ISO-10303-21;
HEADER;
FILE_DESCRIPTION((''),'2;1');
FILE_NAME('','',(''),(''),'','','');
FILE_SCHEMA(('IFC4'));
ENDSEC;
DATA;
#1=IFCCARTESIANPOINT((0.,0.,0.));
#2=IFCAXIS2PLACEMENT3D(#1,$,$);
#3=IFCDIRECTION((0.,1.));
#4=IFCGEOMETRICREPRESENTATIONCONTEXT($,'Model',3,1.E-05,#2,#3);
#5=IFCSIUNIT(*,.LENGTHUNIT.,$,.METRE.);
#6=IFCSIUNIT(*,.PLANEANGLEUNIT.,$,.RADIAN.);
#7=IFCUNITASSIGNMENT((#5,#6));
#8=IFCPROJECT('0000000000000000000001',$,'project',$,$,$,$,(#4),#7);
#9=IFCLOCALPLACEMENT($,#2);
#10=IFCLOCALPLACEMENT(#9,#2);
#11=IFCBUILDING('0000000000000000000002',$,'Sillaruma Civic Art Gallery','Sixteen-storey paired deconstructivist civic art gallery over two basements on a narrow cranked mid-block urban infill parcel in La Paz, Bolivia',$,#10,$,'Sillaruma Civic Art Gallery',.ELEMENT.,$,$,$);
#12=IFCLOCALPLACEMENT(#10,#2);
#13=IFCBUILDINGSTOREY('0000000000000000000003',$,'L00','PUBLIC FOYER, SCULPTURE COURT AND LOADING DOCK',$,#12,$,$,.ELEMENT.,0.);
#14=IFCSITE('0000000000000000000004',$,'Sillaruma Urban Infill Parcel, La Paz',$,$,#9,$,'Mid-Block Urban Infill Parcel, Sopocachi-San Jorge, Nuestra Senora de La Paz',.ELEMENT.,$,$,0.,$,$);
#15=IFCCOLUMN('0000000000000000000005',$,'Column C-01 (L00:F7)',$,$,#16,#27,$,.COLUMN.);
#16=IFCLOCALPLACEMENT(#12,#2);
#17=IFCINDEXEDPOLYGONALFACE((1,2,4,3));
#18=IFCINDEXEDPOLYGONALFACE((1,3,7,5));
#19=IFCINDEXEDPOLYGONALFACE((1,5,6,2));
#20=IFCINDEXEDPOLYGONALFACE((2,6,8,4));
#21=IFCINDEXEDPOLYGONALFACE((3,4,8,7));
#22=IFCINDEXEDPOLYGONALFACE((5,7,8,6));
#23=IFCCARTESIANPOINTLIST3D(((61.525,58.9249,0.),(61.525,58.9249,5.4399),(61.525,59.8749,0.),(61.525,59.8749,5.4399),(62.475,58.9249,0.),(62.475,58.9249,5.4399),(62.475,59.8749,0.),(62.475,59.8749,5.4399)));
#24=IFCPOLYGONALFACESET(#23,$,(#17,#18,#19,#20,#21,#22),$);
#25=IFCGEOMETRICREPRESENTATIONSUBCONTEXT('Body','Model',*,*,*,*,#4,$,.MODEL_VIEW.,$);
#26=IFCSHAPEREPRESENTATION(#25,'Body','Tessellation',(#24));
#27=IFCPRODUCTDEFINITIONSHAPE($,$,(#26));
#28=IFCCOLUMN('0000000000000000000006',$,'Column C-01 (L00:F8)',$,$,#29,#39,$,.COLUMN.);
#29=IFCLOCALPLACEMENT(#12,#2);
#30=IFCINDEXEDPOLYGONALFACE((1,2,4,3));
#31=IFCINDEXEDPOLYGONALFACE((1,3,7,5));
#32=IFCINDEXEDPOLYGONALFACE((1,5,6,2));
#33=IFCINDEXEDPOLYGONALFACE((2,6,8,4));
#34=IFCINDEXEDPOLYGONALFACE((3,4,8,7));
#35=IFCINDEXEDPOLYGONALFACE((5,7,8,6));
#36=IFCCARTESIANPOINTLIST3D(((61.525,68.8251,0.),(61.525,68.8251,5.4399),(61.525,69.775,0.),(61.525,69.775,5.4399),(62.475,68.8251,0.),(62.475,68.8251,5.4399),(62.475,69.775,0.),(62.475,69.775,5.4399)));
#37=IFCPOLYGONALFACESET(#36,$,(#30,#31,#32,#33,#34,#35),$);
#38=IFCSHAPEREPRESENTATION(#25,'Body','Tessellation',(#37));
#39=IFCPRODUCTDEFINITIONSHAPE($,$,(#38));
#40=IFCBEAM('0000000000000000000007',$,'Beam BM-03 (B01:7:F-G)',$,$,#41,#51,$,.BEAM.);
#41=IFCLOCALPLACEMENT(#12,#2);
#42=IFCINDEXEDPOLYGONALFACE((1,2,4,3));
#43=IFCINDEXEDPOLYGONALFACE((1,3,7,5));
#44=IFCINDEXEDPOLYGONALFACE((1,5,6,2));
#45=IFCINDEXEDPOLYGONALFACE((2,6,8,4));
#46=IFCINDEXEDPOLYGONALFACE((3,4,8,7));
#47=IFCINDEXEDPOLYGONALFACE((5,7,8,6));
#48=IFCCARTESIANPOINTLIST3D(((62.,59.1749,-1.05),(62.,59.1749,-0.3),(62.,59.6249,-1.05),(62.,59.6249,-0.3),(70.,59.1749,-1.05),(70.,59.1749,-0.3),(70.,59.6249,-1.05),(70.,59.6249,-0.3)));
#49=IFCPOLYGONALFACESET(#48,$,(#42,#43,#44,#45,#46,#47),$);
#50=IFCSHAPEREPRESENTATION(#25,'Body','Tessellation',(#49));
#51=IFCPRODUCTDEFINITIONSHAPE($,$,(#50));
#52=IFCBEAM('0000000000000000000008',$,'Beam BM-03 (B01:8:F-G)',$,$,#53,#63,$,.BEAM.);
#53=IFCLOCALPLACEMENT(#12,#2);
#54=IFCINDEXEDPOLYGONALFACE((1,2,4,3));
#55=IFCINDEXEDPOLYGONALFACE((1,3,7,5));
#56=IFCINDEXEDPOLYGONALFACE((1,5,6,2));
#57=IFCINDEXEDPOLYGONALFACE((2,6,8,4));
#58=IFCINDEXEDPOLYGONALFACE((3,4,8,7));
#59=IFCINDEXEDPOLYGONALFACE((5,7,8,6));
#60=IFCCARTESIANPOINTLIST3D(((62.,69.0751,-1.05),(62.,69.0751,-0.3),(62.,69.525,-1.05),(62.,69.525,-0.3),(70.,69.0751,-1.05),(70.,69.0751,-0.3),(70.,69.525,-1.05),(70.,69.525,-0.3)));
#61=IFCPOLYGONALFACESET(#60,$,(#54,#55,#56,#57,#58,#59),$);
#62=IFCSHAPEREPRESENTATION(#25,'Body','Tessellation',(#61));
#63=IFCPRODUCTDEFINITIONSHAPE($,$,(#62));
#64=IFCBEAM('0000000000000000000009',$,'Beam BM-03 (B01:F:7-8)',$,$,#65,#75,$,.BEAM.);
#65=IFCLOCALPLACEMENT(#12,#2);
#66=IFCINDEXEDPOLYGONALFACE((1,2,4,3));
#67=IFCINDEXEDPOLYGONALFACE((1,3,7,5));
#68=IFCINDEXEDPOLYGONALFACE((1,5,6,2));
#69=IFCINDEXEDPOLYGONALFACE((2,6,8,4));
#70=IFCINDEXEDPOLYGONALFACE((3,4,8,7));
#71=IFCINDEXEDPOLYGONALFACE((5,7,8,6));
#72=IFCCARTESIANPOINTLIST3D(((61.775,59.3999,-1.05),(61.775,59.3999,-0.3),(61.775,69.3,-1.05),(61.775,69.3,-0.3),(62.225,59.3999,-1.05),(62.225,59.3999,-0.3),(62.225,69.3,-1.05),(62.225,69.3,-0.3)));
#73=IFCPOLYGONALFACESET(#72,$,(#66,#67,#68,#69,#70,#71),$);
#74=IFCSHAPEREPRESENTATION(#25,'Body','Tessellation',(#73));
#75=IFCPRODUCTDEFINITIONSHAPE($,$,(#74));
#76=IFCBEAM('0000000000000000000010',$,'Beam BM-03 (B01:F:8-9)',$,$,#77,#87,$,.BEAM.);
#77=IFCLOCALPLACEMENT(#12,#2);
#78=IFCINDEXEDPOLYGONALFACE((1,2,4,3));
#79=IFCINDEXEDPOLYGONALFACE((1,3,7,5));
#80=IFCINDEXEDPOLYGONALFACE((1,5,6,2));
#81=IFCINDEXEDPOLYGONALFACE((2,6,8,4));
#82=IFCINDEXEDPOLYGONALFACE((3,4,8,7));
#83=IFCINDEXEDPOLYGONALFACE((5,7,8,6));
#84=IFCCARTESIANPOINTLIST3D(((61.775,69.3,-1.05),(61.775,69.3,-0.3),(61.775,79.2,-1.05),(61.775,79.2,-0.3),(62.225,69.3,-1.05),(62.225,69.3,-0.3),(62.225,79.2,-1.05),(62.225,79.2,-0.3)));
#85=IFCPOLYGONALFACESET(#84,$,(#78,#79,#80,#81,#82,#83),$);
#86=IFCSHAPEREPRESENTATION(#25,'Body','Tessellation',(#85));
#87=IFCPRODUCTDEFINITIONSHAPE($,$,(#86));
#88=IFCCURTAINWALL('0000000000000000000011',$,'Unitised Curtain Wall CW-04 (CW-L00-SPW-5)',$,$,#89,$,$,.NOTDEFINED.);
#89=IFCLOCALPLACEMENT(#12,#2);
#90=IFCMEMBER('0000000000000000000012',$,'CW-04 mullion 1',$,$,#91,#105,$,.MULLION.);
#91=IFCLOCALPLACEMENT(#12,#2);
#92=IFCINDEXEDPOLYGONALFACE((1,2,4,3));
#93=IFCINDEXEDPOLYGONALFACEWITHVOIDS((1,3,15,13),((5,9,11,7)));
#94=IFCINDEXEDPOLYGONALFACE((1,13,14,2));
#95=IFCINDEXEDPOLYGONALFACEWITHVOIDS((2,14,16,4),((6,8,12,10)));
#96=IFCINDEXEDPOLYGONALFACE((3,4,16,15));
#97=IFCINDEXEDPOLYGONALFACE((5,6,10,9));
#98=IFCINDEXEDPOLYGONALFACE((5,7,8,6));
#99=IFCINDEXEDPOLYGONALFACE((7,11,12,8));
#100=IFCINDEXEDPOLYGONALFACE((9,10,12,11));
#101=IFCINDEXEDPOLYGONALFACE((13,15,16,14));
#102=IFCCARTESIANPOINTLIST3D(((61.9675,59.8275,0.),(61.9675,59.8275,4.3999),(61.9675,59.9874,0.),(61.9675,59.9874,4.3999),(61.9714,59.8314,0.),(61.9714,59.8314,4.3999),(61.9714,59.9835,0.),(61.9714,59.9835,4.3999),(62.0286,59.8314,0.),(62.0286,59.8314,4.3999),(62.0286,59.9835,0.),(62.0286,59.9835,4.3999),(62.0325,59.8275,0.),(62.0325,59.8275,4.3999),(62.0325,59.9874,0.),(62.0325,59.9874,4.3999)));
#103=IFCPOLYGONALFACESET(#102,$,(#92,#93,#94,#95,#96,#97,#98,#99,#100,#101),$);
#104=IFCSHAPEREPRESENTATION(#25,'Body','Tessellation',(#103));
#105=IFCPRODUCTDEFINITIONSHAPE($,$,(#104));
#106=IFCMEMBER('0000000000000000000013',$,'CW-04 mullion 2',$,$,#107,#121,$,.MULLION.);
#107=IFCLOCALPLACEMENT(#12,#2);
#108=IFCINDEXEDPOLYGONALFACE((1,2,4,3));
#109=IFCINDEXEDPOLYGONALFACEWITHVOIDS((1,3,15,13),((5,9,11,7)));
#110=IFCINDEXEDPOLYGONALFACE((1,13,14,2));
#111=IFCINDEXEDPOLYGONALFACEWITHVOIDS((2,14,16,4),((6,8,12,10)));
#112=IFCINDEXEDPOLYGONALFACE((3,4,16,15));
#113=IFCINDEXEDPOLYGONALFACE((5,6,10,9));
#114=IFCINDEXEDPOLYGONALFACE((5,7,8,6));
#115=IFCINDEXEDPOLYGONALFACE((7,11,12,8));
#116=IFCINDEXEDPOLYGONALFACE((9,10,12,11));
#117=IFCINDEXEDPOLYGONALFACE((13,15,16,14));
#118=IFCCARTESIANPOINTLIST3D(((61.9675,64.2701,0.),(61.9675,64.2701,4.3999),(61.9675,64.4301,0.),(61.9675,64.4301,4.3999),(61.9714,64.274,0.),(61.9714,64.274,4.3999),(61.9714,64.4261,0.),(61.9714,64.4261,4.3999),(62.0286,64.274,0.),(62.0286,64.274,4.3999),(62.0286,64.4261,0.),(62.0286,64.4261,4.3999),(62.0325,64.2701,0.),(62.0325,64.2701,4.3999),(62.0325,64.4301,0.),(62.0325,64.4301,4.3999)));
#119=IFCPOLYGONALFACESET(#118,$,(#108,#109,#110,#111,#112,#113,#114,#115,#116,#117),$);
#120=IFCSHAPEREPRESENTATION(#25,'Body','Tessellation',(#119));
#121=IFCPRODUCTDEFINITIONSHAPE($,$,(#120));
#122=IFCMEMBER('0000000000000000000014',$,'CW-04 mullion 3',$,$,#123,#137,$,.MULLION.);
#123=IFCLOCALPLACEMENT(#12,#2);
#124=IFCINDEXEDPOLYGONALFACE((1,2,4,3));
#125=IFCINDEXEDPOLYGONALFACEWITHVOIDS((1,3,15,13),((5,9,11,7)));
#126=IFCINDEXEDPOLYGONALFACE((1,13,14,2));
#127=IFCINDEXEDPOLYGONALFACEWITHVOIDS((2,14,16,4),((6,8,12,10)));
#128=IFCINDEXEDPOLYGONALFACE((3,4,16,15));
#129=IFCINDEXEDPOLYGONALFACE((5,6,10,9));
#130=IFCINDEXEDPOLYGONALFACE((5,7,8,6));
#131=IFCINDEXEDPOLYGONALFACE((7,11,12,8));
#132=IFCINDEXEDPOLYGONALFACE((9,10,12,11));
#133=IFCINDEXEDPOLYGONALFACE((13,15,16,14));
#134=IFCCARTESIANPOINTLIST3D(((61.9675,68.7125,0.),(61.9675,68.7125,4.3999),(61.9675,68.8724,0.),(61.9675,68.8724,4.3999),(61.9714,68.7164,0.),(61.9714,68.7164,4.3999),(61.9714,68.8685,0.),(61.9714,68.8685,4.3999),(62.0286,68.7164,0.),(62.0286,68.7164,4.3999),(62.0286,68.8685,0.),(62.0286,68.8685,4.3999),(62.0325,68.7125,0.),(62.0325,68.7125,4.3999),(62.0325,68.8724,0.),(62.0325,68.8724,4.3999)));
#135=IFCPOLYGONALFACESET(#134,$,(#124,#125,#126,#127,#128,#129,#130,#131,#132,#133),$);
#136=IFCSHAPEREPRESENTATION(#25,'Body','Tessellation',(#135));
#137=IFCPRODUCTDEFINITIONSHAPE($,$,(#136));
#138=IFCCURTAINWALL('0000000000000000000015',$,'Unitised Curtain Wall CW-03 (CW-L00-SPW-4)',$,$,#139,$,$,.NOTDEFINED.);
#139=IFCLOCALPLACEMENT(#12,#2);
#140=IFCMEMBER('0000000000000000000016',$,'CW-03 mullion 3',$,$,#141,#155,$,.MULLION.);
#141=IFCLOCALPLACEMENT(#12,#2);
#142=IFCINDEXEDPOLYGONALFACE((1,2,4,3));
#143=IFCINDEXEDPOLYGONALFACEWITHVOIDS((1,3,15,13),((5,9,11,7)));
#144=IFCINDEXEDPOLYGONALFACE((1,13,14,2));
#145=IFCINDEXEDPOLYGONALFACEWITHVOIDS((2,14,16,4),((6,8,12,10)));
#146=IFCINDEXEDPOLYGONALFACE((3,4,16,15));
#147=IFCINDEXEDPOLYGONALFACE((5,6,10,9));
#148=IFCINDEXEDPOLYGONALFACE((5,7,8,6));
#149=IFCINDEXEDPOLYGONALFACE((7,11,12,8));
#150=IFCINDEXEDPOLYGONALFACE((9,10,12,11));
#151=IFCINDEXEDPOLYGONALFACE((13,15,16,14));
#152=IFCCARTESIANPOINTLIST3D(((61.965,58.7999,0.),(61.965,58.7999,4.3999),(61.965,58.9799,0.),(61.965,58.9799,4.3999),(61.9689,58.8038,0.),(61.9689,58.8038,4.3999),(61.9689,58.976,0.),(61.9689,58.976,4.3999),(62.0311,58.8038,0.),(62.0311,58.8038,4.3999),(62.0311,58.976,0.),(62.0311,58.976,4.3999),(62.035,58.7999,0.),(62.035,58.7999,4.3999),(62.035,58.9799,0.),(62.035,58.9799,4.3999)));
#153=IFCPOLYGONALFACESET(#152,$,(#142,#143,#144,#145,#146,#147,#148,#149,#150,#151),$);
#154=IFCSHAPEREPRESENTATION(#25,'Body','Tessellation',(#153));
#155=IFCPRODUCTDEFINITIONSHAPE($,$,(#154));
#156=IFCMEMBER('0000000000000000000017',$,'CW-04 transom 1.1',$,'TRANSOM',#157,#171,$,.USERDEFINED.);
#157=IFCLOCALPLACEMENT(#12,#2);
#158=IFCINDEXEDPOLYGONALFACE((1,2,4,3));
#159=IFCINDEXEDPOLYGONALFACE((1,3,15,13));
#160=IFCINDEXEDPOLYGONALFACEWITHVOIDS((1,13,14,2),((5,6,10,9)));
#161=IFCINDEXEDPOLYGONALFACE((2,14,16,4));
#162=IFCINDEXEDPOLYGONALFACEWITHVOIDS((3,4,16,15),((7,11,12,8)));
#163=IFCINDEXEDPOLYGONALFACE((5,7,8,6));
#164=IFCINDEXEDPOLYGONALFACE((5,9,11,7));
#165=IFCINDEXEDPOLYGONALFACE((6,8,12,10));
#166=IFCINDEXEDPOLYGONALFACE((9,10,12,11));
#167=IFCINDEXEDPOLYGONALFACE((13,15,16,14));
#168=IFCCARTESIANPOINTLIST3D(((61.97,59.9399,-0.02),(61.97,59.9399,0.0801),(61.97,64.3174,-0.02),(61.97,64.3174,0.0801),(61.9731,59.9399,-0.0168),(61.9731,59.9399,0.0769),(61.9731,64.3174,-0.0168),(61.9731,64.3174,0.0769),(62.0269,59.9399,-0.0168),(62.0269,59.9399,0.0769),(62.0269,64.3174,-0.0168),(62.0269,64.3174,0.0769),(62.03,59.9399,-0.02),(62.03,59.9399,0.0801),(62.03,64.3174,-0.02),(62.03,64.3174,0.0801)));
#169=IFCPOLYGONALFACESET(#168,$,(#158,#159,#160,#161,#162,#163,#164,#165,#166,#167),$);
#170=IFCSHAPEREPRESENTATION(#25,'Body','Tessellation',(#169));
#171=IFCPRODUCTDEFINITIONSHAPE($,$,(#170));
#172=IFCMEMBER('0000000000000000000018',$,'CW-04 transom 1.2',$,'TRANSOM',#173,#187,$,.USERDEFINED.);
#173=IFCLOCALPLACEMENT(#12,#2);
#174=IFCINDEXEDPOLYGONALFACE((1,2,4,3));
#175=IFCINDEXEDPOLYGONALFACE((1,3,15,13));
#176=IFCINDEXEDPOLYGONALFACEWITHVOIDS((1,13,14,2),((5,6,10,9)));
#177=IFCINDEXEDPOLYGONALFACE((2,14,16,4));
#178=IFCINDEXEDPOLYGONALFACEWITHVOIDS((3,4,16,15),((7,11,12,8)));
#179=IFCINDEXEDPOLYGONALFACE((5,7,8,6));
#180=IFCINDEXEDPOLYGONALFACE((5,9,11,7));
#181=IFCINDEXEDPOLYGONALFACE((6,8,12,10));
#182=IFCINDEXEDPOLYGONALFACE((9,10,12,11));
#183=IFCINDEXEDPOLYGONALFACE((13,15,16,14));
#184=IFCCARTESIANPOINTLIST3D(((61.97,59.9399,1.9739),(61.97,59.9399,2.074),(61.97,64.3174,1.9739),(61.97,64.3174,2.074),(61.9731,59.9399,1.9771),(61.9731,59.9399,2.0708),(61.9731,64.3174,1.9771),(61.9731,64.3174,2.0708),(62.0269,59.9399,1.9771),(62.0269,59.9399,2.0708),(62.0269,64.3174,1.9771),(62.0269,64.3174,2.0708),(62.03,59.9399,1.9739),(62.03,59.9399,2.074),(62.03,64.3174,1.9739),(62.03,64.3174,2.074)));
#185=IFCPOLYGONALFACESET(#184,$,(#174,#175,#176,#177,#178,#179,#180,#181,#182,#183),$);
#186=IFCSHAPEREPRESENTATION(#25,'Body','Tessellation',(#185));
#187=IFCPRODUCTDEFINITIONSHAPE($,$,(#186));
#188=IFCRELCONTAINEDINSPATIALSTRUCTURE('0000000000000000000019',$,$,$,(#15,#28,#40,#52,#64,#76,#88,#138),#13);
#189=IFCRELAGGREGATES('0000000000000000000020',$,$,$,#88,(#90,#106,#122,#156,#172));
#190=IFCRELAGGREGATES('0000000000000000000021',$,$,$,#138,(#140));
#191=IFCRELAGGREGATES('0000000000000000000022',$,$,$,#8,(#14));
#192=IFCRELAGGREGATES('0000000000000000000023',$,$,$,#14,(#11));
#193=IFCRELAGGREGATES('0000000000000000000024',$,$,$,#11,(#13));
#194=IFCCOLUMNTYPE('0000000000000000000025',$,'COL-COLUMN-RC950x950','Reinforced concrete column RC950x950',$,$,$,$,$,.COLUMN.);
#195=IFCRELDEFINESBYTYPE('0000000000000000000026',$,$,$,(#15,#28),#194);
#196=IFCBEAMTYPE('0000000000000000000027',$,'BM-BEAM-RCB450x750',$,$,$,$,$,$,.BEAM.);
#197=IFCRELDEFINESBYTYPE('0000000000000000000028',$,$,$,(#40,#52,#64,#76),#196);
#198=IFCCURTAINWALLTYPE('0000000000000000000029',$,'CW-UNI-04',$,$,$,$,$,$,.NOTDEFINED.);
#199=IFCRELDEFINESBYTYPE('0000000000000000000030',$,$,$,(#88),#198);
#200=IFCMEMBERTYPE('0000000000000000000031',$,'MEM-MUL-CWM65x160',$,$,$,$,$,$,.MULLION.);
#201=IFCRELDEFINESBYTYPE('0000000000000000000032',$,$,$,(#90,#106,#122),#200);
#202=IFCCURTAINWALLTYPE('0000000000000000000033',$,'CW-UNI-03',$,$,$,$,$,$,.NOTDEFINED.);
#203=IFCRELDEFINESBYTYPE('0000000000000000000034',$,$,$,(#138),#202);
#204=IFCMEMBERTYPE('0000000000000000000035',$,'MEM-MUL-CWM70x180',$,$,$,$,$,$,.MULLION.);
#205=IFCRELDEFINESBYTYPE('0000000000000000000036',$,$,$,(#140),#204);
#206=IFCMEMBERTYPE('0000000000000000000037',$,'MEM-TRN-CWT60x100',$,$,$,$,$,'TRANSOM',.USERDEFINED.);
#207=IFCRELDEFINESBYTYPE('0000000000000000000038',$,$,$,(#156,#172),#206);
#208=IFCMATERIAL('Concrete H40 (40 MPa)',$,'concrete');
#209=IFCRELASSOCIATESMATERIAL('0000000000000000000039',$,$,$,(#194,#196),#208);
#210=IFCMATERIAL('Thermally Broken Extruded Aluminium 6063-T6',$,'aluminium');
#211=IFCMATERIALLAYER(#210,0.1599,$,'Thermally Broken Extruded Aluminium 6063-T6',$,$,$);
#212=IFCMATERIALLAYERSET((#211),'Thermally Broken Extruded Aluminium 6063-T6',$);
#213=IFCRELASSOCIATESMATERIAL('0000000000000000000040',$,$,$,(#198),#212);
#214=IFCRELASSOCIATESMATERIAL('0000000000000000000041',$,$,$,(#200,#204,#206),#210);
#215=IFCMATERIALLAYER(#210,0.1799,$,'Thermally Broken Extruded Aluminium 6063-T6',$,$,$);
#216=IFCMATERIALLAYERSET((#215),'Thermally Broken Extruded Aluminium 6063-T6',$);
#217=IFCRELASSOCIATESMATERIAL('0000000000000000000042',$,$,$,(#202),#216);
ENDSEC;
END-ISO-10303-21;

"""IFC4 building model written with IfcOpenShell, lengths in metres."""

from ifc_helpers import new_model, si_unit, direction, frame, origin, origin_2d, place, context, subcontext, project, spatial, rectangle, hollow_rectangle, extrude, material, layer, layer_set, material_profile, profile_set, type_object, element, aggregate, save


model = new_model("IFC4")

# Units and contexts
model_context = context("Model", 3, precision=1e-05, world=origin(), true_north=direction((0.0, 1.0)))
body_context = subcontext(model_context, "Body", "Model", "MODEL_VIEW")
ifc_project = project(units=[si_unit("LENGTHUNIT", "METRE"), si_unit("PLANEANGLEUNIT", "RADIAN")], contexts=[model_context])

# Site, building, storey
site_placement = place(None, origin())
site = spatial("IfcSite", under=ifc_project, at=site_placement, Name="Sillaruma Urban Infill Parcel, La Paz", LongName="Mid-Block Urban Infill Parcel, Sopocachi-San Jorge, Nuestra Senora de La Paz", CompositionType="ELEMENT", RefElevation=0.0)
building_placement = place(site_placement, origin())
building = spatial("IfcBuilding", under=site, at=building_placement, Name="Sillaruma Civic Art Gallery", Description="Sixteen-storey paired deconstructivist civic art gallery over two basements on a narrow cranked mid-block urban infill parcel in La Paz, Bolivia", LongName="Sillaruma Civic Art Gallery", CompositionType="ELEMENT")
storey_placement = place(building_placement, origin())
storey = spatial("IfcBuildingStorey", under=building, at=storey_placement, Name="L00", Description="PUBLIC FOYER, SCULPTURE COURT AND LOADING DOCK", CompositionType="ELEMENT", Elevation=0.0)

# Columns
ifc_material_1 = material(Name="Concrete H40 (40 MPa)", Category="concrete")
ifc_material_profile_1 = material_profile(ifc_material_1, rectangle(XDim=0.95, YDim=0.95, at=origin_2d()), Name="RC950x950")
ifc_profile_set_1 = profile_set([ifc_material_profile_1], Name="Concrete H40 (40 MPa)")
column_type = type_object("IfcColumnType", Name="COL-COLUMN-RC950x950", Description="Reinforced concrete column RC950x950", PredefinedType="COLUMN", material=ifc_profile_set_1)
for number, where, z_axis, x_axis, name in (
    (1, (62.0, 59.3999, 0.0), (0.0, 0.0, 1.0), (1.0, 0.0, 0.0), "Column C-01 (L00:F7)"),
    (2, (62.0, 69.3, 0.0), (0.0, 0.0, 1.0), (1.0, 0.0, 0.0), "Column C-01 (L00:F8)"),
):
    element("IfcColumn", number, at=place(storey_placement, frame(where, z_axis=z_axis, x_axis=x_axis)), inside=storey, type_object=column_type, Name=name, PredefinedType="COLUMN", context=body_context, shape_type="SweptSolid", body=[
        extrude(rectangle(XDim=0.95, YDim=0.95, at=origin_2d()), origin(), (0.0, 0.0, 1.0), 5.4399),
    ])

# Beams
ifc_material_profile_2 = material_profile(ifc_material_1, rectangle(XDim=0.45, YDim=0.75, at=origin_2d()), Name="RCB450x750")
ifc_profile_set_2 = profile_set([ifc_material_profile_2], Name="Concrete H40 (40 MPa)")
beam_type = type_object("IfcBeamType", Name="BM-BEAM-RCB450x750", PredefinedType="BEAM", material=ifc_profile_set_2)
for number, where, z_axis, x_axis, name in (
    (3, (62.0, 59.3999, -0.675), (1.0, 0.0, 0.0), (0.0, 1.0, 0.0), "Beam BM-03 (B01:7:F-G)"),
    (4, (62.0, 69.3, -0.675), (1.0, 0.0, 0.0), (0.0, 1.0, 0.0), "Beam BM-03 (B01:8:F-G)"),
):
    element("IfcBeam", number, at=place(storey_placement, frame(where, z_axis=z_axis, x_axis=x_axis)), inside=storey, type_object=beam_type, Name=name, PredefinedType="BEAM", context=body_context, shape_type="SweptSolid", body=[
        extrude(rectangle(XDim=0.45, YDim=0.75, at=origin_2d()), origin(), (0.0, 0.0, 1.0), 8.0),
    ])
beam_1_placement = place(storey_placement, frame((62.0, 59.3999, -0.675), z_axis=(0.0, 1.0, 0.0), x_axis=(-1.0, 0.0, 0.0)))
element("IfcBeam", 5, at=beam_1_placement, inside=storey, type_object=beam_type, Name="Beam BM-03 (B01:F:7-8)", PredefinedType="BEAM", context=body_context, shape_type="SweptSolid", body=[
    extrude(rectangle(XDim=0.45, YDim=0.75, at=origin_2d()), origin(), (0.0, 0.0, 1.0), 9.9001),
])
beam_2_placement = place(storey_placement, frame((62.0, 69.3, -0.675), z_axis=(0.0, 1.0, 0.0), x_axis=(-1.0, 0.0, 0.0)))
element("IfcBeam", 6, at=beam_2_placement, inside=storey, type_object=beam_type, Name="Beam BM-03 (B01:F:8-9)", PredefinedType="BEAM", context=body_context, shape_type="SweptSolid", body=[
    extrude(rectangle(XDim=0.45, YDim=0.75, at=origin_2d()), origin(), (0.0, 0.0, 1.0), 9.8999),
])

# Curtain wall, members
ifc_material_2 = material(Name="Thermally Broken Extruded Aluminium 6063-T6", Category="aluminium")
ifc_layer_1 = layer(ifc_material_2, 0.1599, Name="Thermally Broken Extruded Aluminium 6063-T6")
ifc_layer_set_1 = layer_set([ifc_layer_1], Name="Thermally Broken Extruded Aluminium 6063-T6")
curtain_wall_type_1 = type_object("IfcCurtainWallType", Name="CW-UNI-04", PredefinedType="NOTDEFINED", material=ifc_layer_set_1)
curtain_wall_1_placement = place(storey_placement, origin())
curtain_wall_1 = element("IfcCurtainWall", 7, at=curtain_wall_1_placement, inside=storey, type_object=curtain_wall_type_1, Name="Unitised Curtain Wall CW-04 (CW-L00-SPW-5)", PredefinedType="NOTDEFINED")
ifc_material_profile_3 = material_profile(ifc_material_2, hollow_rectangle(XDim=0.0649, YDim=0.1599, WallThickness=0.0039, at=origin_2d()), Name="CWM65x160")
ifc_profile_set_3 = profile_set([ifc_material_profile_3], Name="Thermally Broken Extruded Aluminium 6063-T6")
member_type_1 = type_object("IfcMemberType", Name="MEM-MUL-CWM65x160", PredefinedType="MULLION", material=ifc_profile_set_3)
member_1_placement = place(storey_placement, frame((62.0, 59.9075, 0.0), z_axis=(0.0, 0.0, 1.0), x_axis=(-1.0, 0.0, 0.0)))
member_1 = element("IfcMember", 8, at=member_1_placement, type_object=member_type_1, Name="CW-04 mullion 1", PredefinedType="MULLION", context=body_context, shape_type="SweptSolid", body=[
    extrude(hollow_rectangle(XDim=0.0649, YDim=0.1599, WallThickness=0.0039, at=origin_2d()), origin(), (0.0, 0.0, 1.0), 4.3999),
])
member_2_placement = place(storey_placement, frame((62.0, 64.3501, 0.0), z_axis=(0.0, 0.0, 1.0), x_axis=(-1.0, 0.0, 0.0)))
member_2 = element("IfcMember", 9, at=member_2_placement, type_object=member_type_1, Name="CW-04 mullion 2", PredefinedType="MULLION", context=body_context, shape_type="SweptSolid", body=[
    extrude(hollow_rectangle(XDim=0.0649, YDim=0.1599, WallThickness=0.0039, at=origin_2d()), origin(), (0.0, 0.0, 1.0), 4.3999),
])
member_3_placement = place(storey_placement, frame((62.0, 68.7925, 0.0), z_axis=(0.0, 0.0, 1.0), x_axis=(-1.0, 0.0, 0.0)))
member_3 = element("IfcMember", 10, at=member_3_placement, type_object=member_type_1, Name="CW-04 mullion 3", PredefinedType="MULLION", context=body_context, shape_type="SweptSolid", body=[
    extrude(hollow_rectangle(XDim=0.0649, YDim=0.1599, WallThickness=0.0039, at=origin_2d()), origin(), (0.0, 0.0, 1.0), 4.3999),
])

# Curtain wall, member
ifc_layer_2 = layer(ifc_material_2, 0.1799, Name="Thermally Broken Extruded Aluminium 6063-T6")
ifc_layer_set_2 = layer_set([ifc_layer_2], Name="Thermally Broken Extruded Aluminium 6063-T6")
curtain_wall_type_2 = type_object("IfcCurtainWallType", Name="CW-UNI-03", PredefinedType="NOTDEFINED", material=ifc_layer_set_2)
curtain_wall_2_placement = place(storey_placement, origin())
curtain_wall_2 = element("IfcCurtainWall", 11, at=curtain_wall_2_placement, inside=storey, type_object=curtain_wall_type_2, Name="Unitised Curtain Wall CW-03 (CW-L00-SPW-4)", PredefinedType="NOTDEFINED")
ifc_material_profile_4 = material_profile(ifc_material_2, hollow_rectangle(XDim=0.0701, YDim=0.1799, WallThickness=0.0039, at=origin_2d()), Name="CWM70x180")
ifc_profile_set_4 = profile_set([ifc_material_profile_4], Name="Thermally Broken Extruded Aluminium 6063-T6")
member_type_2 = type_object("IfcMemberType", Name="MEM-MUL-CWM70x180", PredefinedType="MULLION", material=ifc_profile_set_4)
member_4_placement = place(storey_placement, frame((62.0, 58.8899, 0.0), z_axis=(0.0, 0.0, 1.0), x_axis=(-1.0, 0.0, 0.0)))
member_4 = element("IfcMember", 12, at=member_4_placement, type_object=member_type_2, Name="CW-03 mullion 3", PredefinedType="MULLION", context=body_context, shape_type="SweptSolid", body=[
    extrude(hollow_rectangle(XDim=0.0701, YDim=0.1799, WallThickness=0.0039, at=origin_2d()), origin(), (0.0, 0.0, 1.0), 4.3999),
])

# Members
ifc_material_profile_5 = material_profile(ifc_material_2, hollow_rectangle(XDim=0.0601, YDim=0.1001, WallThickness=0.0032, at=origin_2d()), Name="CWT60x100")
ifc_profile_set_5 = profile_set([ifc_material_profile_5], Name="Thermally Broken Extruded Aluminium 6063-T6")
member_type_3 = type_object("IfcMemberType", Name="MEM-TRN-CWT60x100", ElementType="TRANSOM", PredefinedType="USERDEFINED", material=ifc_profile_set_5)
member_5_placement = place(storey_placement, frame((62.0, 59.9399, 0.03), z_axis=(0.0, 1.0, 0.0), x_axis=(-1.0, 0.0, 0.0)))
member_5 = element("IfcMember", 13, at=member_5_placement, type_object=member_type_3, Name="CW-04 transom 1.1", ObjectType="TRANSOM", PredefinedType="USERDEFINED", context=body_context, shape_type="SweptSolid", body=[
    extrude(hollow_rectangle(XDim=0.0601, YDim=0.1001, WallThickness=0.0032, at=origin_2d()), origin(), (0.0, 0.0, 1.0), 4.3774),
])
member_6_placement = place(storey_placement, frame((62.0, 59.9399, 2.0239), z_axis=(0.0, 1.0, 0.0), x_axis=(-1.0, 0.0, 0.0)))
member_6 = element("IfcMember", 14, at=member_6_placement, type_object=member_type_3, Name="CW-04 transom 1.2", ObjectType="TRANSOM", PredefinedType="USERDEFINED", context=body_context, shape_type="SweptSolid", body=[
    extrude(hollow_rectangle(XDim=0.0601, YDim=0.1001, WallThickness=0.0032, at=origin_2d()), origin(), (0.0, 0.0, 1.0), 4.3774),
])

aggregate(curtain_wall_1, [member_1, member_2, member_3, member_5, member_6])
aggregate(curtain_wall_2, [member_4])

save(model, "model.ifc")
